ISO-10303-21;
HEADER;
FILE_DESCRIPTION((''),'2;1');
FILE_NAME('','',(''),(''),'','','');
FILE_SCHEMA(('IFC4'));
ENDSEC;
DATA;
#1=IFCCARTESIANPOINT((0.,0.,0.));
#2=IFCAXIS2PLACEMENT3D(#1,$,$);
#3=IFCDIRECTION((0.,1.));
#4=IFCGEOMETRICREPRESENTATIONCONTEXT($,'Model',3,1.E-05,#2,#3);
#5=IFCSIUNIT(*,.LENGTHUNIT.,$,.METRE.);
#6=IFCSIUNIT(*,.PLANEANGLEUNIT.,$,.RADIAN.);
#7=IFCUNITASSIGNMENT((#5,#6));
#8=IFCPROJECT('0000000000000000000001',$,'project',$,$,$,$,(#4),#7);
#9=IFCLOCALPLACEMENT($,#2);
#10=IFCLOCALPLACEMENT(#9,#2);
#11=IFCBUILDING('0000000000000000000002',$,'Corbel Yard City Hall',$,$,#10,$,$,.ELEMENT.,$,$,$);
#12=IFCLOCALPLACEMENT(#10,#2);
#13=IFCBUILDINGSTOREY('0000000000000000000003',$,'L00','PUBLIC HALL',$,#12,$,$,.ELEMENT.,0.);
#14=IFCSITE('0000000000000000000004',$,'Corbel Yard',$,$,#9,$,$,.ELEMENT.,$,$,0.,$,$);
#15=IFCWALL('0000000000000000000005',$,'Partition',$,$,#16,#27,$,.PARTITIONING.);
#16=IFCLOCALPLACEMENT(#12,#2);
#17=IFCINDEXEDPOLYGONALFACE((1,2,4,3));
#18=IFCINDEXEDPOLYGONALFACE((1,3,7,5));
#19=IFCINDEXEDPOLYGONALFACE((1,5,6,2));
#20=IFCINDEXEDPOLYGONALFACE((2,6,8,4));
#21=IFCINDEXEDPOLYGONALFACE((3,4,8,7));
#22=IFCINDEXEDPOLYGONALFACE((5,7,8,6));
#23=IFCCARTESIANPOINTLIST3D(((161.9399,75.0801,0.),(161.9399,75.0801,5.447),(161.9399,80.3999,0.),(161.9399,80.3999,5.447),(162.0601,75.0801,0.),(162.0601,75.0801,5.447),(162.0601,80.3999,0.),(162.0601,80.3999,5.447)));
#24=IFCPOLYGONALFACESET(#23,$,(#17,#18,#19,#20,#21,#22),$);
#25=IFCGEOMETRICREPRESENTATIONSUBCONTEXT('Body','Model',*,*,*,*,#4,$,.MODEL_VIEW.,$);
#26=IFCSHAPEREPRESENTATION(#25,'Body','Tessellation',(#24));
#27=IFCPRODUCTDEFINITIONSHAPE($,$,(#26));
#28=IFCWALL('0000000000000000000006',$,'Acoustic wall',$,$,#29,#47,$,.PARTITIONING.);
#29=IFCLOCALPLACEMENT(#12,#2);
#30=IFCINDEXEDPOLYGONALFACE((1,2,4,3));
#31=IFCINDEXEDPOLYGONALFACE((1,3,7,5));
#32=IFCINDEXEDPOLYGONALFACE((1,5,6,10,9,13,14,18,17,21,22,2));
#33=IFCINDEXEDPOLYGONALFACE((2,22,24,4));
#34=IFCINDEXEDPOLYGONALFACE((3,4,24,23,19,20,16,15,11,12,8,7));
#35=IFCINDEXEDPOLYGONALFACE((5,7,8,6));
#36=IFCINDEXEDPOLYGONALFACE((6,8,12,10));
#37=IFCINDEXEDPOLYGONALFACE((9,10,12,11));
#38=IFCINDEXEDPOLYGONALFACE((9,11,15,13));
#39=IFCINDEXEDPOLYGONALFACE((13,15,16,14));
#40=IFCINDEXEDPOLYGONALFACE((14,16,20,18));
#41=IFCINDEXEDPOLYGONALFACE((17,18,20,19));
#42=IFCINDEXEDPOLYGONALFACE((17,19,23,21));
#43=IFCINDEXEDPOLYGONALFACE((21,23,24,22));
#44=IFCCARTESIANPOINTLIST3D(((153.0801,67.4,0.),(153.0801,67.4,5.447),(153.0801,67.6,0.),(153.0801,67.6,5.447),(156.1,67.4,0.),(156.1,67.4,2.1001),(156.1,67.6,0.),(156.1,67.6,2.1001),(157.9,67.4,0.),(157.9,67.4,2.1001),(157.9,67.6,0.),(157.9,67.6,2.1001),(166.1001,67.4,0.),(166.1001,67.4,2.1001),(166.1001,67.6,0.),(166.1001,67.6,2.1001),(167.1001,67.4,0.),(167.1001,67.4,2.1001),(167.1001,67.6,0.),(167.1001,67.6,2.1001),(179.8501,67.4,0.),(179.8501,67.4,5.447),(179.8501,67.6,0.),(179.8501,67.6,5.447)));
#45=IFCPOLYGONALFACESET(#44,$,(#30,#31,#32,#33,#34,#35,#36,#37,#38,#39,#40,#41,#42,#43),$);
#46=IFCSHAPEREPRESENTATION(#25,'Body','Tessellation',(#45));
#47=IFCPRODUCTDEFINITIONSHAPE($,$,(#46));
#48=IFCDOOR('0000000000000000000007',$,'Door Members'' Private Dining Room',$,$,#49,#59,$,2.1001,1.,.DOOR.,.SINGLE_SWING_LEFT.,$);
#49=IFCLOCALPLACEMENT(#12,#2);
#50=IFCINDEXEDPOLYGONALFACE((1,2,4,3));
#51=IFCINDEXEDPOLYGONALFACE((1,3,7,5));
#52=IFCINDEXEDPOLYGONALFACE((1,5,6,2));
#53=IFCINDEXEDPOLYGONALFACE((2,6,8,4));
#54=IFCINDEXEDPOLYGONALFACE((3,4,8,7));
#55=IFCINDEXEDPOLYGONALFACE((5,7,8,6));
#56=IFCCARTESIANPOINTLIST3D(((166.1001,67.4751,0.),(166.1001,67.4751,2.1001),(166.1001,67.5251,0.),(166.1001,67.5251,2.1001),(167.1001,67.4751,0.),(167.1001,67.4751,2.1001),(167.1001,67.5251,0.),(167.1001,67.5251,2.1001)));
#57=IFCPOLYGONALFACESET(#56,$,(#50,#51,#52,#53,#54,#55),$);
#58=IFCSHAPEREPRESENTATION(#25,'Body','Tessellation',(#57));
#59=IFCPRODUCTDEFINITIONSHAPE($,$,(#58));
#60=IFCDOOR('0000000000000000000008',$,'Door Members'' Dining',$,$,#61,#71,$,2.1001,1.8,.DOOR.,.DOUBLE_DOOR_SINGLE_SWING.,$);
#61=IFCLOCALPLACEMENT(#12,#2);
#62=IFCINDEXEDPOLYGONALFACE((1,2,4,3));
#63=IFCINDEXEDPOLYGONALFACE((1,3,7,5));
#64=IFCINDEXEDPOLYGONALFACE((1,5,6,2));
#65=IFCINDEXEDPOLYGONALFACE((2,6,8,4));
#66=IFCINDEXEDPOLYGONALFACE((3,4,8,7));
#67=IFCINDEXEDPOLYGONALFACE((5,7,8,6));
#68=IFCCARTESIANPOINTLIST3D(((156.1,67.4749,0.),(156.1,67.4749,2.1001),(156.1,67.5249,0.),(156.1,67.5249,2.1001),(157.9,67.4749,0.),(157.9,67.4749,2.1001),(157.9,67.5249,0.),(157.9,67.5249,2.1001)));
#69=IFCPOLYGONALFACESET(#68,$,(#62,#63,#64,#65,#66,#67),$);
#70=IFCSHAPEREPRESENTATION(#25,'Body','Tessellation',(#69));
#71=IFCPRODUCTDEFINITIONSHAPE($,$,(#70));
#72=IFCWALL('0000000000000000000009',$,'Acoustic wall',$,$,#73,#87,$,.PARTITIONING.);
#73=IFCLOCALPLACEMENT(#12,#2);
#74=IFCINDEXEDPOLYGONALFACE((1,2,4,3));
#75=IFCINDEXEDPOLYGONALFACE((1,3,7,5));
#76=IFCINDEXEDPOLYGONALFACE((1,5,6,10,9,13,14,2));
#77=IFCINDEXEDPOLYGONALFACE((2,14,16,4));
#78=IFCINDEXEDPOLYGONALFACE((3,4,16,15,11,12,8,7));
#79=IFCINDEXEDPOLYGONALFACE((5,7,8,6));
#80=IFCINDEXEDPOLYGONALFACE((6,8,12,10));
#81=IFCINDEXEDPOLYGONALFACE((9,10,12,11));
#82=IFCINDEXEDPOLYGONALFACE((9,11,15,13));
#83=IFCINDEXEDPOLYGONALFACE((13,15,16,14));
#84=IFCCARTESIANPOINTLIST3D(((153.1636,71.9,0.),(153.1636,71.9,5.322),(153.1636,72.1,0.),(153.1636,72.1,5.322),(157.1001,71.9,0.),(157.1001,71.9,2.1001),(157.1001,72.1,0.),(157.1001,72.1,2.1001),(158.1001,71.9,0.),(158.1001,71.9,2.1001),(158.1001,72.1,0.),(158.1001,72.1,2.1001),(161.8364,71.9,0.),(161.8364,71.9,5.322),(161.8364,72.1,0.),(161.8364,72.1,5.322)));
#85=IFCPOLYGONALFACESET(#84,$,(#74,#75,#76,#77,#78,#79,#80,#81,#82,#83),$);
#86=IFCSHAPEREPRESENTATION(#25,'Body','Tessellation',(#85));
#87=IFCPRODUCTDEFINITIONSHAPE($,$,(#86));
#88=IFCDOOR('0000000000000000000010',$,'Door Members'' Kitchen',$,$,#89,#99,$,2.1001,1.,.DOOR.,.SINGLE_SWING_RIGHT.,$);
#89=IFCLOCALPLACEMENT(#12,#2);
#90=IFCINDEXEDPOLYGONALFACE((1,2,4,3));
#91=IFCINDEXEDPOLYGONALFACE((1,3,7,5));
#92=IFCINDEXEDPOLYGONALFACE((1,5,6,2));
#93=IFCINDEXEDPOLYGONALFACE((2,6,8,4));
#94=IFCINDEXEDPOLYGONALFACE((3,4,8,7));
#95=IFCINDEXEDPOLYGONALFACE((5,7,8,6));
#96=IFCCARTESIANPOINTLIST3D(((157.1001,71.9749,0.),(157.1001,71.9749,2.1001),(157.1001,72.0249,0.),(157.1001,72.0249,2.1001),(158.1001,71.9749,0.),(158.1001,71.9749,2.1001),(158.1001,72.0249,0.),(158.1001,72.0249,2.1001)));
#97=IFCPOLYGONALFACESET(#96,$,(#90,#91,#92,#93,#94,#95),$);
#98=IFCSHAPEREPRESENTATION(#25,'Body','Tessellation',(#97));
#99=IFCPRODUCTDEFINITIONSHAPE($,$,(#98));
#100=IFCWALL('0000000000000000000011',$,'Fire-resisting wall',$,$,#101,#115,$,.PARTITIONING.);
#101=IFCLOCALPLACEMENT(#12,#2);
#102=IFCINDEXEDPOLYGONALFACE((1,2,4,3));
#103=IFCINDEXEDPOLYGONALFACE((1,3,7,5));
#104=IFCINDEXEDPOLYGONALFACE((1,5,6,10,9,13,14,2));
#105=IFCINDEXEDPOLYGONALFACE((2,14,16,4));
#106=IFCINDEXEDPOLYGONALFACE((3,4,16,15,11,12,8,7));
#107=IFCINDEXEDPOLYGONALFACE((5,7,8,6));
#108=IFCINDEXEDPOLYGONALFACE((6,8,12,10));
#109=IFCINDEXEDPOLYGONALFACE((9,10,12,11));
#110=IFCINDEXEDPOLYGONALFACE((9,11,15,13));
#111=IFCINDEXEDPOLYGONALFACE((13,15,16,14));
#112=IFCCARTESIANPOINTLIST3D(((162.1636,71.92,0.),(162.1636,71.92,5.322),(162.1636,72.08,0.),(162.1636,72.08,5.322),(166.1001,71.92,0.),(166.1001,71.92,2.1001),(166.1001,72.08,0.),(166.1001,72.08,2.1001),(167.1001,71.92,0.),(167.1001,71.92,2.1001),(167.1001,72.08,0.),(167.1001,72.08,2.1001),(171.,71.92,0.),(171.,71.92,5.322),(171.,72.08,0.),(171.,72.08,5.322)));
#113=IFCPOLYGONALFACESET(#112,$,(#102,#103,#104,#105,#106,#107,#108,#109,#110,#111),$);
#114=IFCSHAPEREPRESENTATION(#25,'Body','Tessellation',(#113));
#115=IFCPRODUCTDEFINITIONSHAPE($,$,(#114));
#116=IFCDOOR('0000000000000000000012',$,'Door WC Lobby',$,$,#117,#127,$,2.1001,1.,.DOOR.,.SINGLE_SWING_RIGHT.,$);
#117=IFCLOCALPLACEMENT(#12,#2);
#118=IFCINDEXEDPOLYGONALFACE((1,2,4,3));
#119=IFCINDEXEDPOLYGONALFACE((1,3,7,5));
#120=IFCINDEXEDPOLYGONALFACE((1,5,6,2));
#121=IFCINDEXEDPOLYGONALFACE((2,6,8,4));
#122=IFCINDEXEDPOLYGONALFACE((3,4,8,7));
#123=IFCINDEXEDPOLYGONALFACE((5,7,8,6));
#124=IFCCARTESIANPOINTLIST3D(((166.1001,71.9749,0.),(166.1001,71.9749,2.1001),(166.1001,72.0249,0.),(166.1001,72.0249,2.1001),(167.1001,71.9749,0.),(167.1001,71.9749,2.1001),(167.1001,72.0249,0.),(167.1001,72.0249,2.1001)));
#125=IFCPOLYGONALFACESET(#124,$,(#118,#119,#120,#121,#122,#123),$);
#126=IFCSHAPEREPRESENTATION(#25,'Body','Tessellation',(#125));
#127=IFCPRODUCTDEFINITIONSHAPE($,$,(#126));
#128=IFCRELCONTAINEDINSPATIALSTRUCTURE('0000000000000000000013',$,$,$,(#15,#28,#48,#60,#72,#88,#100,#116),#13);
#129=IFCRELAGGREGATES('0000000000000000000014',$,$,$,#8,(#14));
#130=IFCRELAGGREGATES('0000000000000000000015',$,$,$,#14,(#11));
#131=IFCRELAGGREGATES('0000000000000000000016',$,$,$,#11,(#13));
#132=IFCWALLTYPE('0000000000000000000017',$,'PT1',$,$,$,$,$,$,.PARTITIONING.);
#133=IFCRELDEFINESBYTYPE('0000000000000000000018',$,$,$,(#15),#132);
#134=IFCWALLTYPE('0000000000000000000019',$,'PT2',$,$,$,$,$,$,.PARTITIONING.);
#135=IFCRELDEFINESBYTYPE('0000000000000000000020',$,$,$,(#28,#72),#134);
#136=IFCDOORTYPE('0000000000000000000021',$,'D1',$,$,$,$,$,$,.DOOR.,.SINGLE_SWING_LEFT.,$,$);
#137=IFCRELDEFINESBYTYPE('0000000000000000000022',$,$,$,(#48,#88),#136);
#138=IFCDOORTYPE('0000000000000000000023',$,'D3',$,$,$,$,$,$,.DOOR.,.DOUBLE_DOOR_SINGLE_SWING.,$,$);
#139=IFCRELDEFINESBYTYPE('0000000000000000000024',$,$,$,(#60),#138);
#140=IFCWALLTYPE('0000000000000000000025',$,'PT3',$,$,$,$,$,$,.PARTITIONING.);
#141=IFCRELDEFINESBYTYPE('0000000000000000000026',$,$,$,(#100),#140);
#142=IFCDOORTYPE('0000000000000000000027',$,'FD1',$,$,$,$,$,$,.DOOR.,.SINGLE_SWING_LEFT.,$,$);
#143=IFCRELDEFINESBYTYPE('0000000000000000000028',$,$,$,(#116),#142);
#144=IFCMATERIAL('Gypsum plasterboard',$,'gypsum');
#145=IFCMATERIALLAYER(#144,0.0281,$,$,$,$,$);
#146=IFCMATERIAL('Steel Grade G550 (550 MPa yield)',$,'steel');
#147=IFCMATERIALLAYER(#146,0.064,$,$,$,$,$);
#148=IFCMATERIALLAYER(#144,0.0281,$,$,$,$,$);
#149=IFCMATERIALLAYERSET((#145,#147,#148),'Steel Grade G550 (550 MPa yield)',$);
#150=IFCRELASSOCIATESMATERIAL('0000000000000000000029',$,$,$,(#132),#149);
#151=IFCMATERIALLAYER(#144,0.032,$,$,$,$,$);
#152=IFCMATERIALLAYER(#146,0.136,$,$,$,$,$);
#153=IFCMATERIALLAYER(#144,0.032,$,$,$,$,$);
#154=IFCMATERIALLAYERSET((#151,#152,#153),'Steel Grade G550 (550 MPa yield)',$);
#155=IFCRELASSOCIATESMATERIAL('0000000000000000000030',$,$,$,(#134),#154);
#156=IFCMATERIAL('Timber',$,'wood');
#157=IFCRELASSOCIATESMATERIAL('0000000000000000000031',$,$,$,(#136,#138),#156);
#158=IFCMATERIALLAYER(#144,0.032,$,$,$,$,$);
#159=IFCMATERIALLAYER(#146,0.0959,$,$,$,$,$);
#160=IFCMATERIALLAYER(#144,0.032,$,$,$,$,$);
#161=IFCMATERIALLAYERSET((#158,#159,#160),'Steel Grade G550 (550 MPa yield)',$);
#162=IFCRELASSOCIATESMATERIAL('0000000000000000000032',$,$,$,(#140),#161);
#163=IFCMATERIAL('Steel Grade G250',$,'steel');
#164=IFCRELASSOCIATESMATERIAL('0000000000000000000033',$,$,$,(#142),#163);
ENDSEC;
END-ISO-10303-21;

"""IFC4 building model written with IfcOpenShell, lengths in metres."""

from ifc_helpers import new_model, si_unit, direction, frame, frame_2d, origin, place, context, subcontext, project, spatial, rectangle, extrude, material, layer, layer_set, type_object, element, fill, save


model = new_model("IFC4")

# Units and contexts
model_context = context("Model", 3, precision=1e-05, world=origin(), true_north=direction((0.0, 1.0)))
body_context = subcontext(model_context, "Body", "Model", "MODEL_VIEW")
ifc_project = project(units=[si_unit("LENGTHUNIT", "METRE"), si_unit("PLANEANGLEUNIT", "RADIAN")], contexts=[model_context])

# Site, building, storey
site_placement = place(None, origin())
site = spatial("IfcSite", under=ifc_project, at=site_placement, Name="Corbel Yard", CompositionType="ELEMENT", RefElevation=0.0)
building_placement = place(site_placement, origin())
building = spatial("IfcBuilding", under=site, at=building_placement, Name="Corbel Yard City Hall", CompositionType="ELEMENT")
storey_placement = place(building_placement, origin())
storey = spatial("IfcBuildingStorey", under=building, at=storey_placement, Name="L00", Description="PUBLIC HALL", CompositionType="ELEMENT", Elevation=0.0)

# Wall
ifc_material_1 = material(Name="Gypsum plasterboard", Category="gypsum")
ifc_layer_1 = layer(ifc_material_1, 0.0281)
ifc_material_2 = material(Name="Steel Grade G550 (550 MPa yield)", Category="steel")
ifc_layer_2 = layer(ifc_material_2, 0.064)
ifc_layer_3 = layer(ifc_material_1, 0.0281)
ifc_layer_set_1 = layer_set([ifc_layer_1, ifc_layer_2, ifc_layer_3], Name="Steel Grade G550 (550 MPa yield)")
wall_type_1 = type_object("IfcWallType", Name="PT1", PredefinedType="PARTITIONING", material=ifc_layer_set_1)
for number, where, z_axis, x_axis, name in (
    (1, (162.0, 75.0801, 0.0), (0.0, 0.0, 1.0), (0.0, 1.0, 0.0), "Partition"),
):
    element("IfcWall", number, at=place(storey_placement, frame(where, z_axis=z_axis, x_axis=x_axis)), inside=storey, type_object=wall_type_1, Name=name, PredefinedType="PARTITIONING", context=body_context, shape_type="SweptSolid", body=[
        extrude(rectangle(XDim=5.3198, YDim=0.1201, at=frame_2d((2.6599, 0.0))), origin(), (0.0, 0.0, 1.0), 5.447),
    ])

# Wall, openings, doors
ifc_layer_4 = layer(ifc_material_1, 0.032)
ifc_layer_5 = layer(ifc_material_2, 0.136)
ifc_layer_6 = layer(ifc_material_1, 0.032)
ifc_layer_set_2 = layer_set([ifc_layer_4, ifc_layer_5, ifc_layer_6], Name="Steel Grade G550 (550 MPa yield)")
wall_type_2 = type_object("IfcWallType", Name="PT2", PredefinedType="PARTITIONING", material=ifc_layer_set_2)
wall_1_placement = place(storey_placement, frame((153.0801, 67.5, 0.0), z_axis=(0.0, 0.0, 1.0), x_axis=(1.0, 0.0, 0.0)))
wall_1 = element("IfcWall", 2, at=wall_1_placement, inside=storey, type_object=wall_type_2, Name="Acoustic wall", PredefinedType="PARTITIONING", context=body_context, shape_type="SweptSolid", body=[
    extrude(rectangle(XDim=26.77, YDim=0.2, at=frame_2d((13.385, 0.0))), origin(), (0.0, 0.0, 1.0), 5.447),
])
opening_1_placement = place(wall_1_placement, frame((3.02, 0.0, 0.0)))
opening_1 = element("IfcOpeningElement", 3, at=opening_1_placement, cuts=wall_1, PredefinedType="OPENING", context=body_context, shape_type="SweptSolid", body=[
    extrude(rectangle(XDim=1.8, YDim=2.1001, at=frame_2d((0.8999, 1.05))), frame((0.0, 0.1099, 0.0), z_axis=(0.0, -1.0, 0.0), x_axis=(1.0, 0.0, 0.0)), (0.0, 0.0, 1.0), 0.22),
])
opening_2_placement = place(wall_1_placement, frame((13.02, 0.0, 0.0)))
opening_2 = element("IfcOpeningElement", 4, at=opening_2_placement, cuts=wall_1, PredefinedType="OPENING", context=body_context, shape_type="SweptSolid", body=[
    extrude(rectangle(XDim=1.0, YDim=2.1001, at=frame_2d((0.5, 1.05))), frame((0.0, 0.1099, 0.0), z_axis=(0.0, -1.0, 0.0), x_axis=(1.0, 0.0, 0.0)), (0.0, 0.0, 1.0), 0.22),
])
ifc_material_3 = material(Name="Timber", Category="wood")
door_type_1 = type_object("IfcDoorType", Name="D1", OperationType="SINGLE_SWING_LEFT", PredefinedType="DOOR", material=ifc_material_3)
door_1_placement = place(opening_2_placement, frame((1.0, 0.0, 0.0), z_axis=(0.0, 0.0, 1.0), x_axis=(-1.0, 0.0, 0.0)))
door_1 = element("IfcDoor", 5, at=door_1_placement, inside=storey, type_object=door_type_1, Name="Door Members' Private Dining Room", OperationType="SINGLE_SWING_LEFT", OverallHeight=2.1001, OverallWidth=1.0, PredefinedType="DOOR", context=body_context, shape_type="SweptSolid", body=[
    extrude(rectangle(XDim=1.0, YDim=2.1001, at=frame_2d((0.5, 1.05))), frame((0.0, 0.0249, 0.0), z_axis=(0.0, -1.0, 0.0), x_axis=(1.0, 0.0, 0.0)), (0.0, 0.0, 1.0), 0.05),
])
fill(opening_2, door_1)
door_type_2 = type_object("IfcDoorType", Name="D3", OperationType="DOUBLE_DOOR_SINGLE_SWING", PredefinedType="DOOR", material=ifc_material_3)
door_2_placement = place(opening_1_placement, origin())
door_2 = element("IfcDoor", 6, at=door_2_placement, inside=storey, type_object=door_type_2, Name="Door Members' Dining", OperationType="DOUBLE_DOOR_SINGLE_SWING", OverallHeight=2.1001, OverallWidth=1.8, PredefinedType="DOOR", context=body_context, shape_type="SweptSolid", body=[
    extrude(rectangle(XDim=1.8, YDim=2.1001, at=frame_2d((0.8999, 1.05))), frame((0.0, 0.0249, 0.0), z_axis=(0.0, -1.0, 0.0), x_axis=(1.0, 0.0, 0.0)), (0.0, 0.0, 1.0), 0.05),
])
fill(opening_1, door_2)

# Walls, openings, doors
wall_2_placement = place(storey_placement, frame((153.1636, 72.0, 0.0), z_axis=(0.0, 0.0, 1.0), x_axis=(1.0, 0.0, 0.0)))
wall_2 = element("IfcWall", 7, at=wall_2_placement, inside=storey, type_object=wall_type_2, Name="Acoustic wall", PredefinedType="PARTITIONING", context=body_context, shape_type="SweptSolid", body=[
    extrude(rectangle(XDim=8.6729, YDim=0.2, at=frame_2d((4.3364, 0.0))), origin(), (0.0, 0.0, 1.0), 5.322),
])
opening_3_placement = place(wall_2_placement, frame((3.9365, 0.0, 0.0)))
opening_3 = element("IfcOpeningElement", 8, at=opening_3_placement, cuts=wall_2, PredefinedType="OPENING", context=body_context, shape_type="SweptSolid", body=[
    extrude(rectangle(XDim=1.0, YDim=2.1001, at=frame_2d((0.5, 1.05))), frame((0.0, 0.1099, 0.0), z_axis=(0.0, -1.0, 0.0), x_axis=(1.0, 0.0, 0.0)), (0.0, 0.0, 1.0), 0.22),
])
door_3_placement = place(opening_3_placement, origin())
door_3 = element("IfcDoor", 9, at=door_3_placement, inside=storey, type_object=door_type_1, Name="Door Members' Kitchen", OperationType="SINGLE_SWING_RIGHT", OverallHeight=2.1001, OverallWidth=1.0, PredefinedType="DOOR", context=body_context, shape_type="SweptSolid", body=[
    extrude(rectangle(XDim=1.0, YDim=2.1001, at=frame_2d((0.5, 1.05))), frame((0.0, 0.0249, 0.0), z_axis=(0.0, -1.0, 0.0), x_axis=(1.0, 0.0, 0.0)), (0.0, 0.0, 1.0), 0.05),
])
fill(opening_3, door_3)
ifc_layer_7 = layer(ifc_material_1, 0.032)
ifc_layer_8 = layer(ifc_material_2, 0.0959)
ifc_layer_9 = layer(ifc_material_1, 0.032)
ifc_layer_set_3 = layer_set([ifc_layer_7, ifc_layer_8, ifc_layer_9], Name="Steel Grade G550 (550 MPa yield)")
wall_type_3 = type_object("IfcWallType", Name="PT3", PredefinedType="PARTITIONING", material=ifc_layer_set_3)
wall_3_placement = place(storey_placement, frame((162.1636, 72.0, 0.0), z_axis=(0.0, 0.0, 1.0), x_axis=(1.0, 0.0, 0.0)))
wall_3 = element("IfcWall", 10, at=wall_3_placement, inside=storey, type_object=wall_type_3, Name="Fire-resisting wall", PredefinedType="PARTITIONING", context=body_context, shape_type="SweptSolid", body=[
    extrude(rectangle(XDim=8.8364, YDim=0.1599, at=frame_2d((4.4182, 0.0))), origin(), (0.0, 0.0, 1.0), 5.322),
])
opening_4_placement = place(wall_3_placement, frame((3.9365, 0.0, 0.0)))
opening_4 = element("IfcOpeningElement", 11, at=opening_4_placement, cuts=wall_3, PredefinedType="OPENING", context=body_context, shape_type="SweptSolid", body=[
    extrude(rectangle(XDim=1.0, YDim=2.1001, at=frame_2d((0.5, 1.05))), frame((0.0, 0.0898, 0.0), z_axis=(0.0, -1.0, 0.0), x_axis=(1.0, 0.0, 0.0)), (0.0, 0.0, 1.0), 0.1799),
])
ifc_material_4 = material(Name="Steel Grade G250", Category="steel")
door_type_3 = type_object("IfcDoorType", Name="FD1", OperationType="SINGLE_SWING_LEFT", PredefinedType="DOOR", material=ifc_material_4)
door_4_placement = place(opening_4_placement, origin())
door_4 = element("IfcDoor", 12, at=door_4_placement, inside=storey, type_object=door_type_3, Name="Door WC Lobby", OperationType="SINGLE_SWING_RIGHT", OverallHeight=2.1001, OverallWidth=1.0, PredefinedType="DOOR", context=body_context, shape_type="SweptSolid", body=[
    extrude(rectangle(XDim=1.0, YDim=2.1001, at=frame_2d((0.5, 1.05))), frame((0.0, 0.0249, 0.0), z_axis=(0.0, -1.0, 0.0), x_axis=(1.0, 0.0, 0.0)), (0.0, 0.0, 1.0), 0.05),
])
fill(opening_4, door_4)

save(model, "model.ifc")
